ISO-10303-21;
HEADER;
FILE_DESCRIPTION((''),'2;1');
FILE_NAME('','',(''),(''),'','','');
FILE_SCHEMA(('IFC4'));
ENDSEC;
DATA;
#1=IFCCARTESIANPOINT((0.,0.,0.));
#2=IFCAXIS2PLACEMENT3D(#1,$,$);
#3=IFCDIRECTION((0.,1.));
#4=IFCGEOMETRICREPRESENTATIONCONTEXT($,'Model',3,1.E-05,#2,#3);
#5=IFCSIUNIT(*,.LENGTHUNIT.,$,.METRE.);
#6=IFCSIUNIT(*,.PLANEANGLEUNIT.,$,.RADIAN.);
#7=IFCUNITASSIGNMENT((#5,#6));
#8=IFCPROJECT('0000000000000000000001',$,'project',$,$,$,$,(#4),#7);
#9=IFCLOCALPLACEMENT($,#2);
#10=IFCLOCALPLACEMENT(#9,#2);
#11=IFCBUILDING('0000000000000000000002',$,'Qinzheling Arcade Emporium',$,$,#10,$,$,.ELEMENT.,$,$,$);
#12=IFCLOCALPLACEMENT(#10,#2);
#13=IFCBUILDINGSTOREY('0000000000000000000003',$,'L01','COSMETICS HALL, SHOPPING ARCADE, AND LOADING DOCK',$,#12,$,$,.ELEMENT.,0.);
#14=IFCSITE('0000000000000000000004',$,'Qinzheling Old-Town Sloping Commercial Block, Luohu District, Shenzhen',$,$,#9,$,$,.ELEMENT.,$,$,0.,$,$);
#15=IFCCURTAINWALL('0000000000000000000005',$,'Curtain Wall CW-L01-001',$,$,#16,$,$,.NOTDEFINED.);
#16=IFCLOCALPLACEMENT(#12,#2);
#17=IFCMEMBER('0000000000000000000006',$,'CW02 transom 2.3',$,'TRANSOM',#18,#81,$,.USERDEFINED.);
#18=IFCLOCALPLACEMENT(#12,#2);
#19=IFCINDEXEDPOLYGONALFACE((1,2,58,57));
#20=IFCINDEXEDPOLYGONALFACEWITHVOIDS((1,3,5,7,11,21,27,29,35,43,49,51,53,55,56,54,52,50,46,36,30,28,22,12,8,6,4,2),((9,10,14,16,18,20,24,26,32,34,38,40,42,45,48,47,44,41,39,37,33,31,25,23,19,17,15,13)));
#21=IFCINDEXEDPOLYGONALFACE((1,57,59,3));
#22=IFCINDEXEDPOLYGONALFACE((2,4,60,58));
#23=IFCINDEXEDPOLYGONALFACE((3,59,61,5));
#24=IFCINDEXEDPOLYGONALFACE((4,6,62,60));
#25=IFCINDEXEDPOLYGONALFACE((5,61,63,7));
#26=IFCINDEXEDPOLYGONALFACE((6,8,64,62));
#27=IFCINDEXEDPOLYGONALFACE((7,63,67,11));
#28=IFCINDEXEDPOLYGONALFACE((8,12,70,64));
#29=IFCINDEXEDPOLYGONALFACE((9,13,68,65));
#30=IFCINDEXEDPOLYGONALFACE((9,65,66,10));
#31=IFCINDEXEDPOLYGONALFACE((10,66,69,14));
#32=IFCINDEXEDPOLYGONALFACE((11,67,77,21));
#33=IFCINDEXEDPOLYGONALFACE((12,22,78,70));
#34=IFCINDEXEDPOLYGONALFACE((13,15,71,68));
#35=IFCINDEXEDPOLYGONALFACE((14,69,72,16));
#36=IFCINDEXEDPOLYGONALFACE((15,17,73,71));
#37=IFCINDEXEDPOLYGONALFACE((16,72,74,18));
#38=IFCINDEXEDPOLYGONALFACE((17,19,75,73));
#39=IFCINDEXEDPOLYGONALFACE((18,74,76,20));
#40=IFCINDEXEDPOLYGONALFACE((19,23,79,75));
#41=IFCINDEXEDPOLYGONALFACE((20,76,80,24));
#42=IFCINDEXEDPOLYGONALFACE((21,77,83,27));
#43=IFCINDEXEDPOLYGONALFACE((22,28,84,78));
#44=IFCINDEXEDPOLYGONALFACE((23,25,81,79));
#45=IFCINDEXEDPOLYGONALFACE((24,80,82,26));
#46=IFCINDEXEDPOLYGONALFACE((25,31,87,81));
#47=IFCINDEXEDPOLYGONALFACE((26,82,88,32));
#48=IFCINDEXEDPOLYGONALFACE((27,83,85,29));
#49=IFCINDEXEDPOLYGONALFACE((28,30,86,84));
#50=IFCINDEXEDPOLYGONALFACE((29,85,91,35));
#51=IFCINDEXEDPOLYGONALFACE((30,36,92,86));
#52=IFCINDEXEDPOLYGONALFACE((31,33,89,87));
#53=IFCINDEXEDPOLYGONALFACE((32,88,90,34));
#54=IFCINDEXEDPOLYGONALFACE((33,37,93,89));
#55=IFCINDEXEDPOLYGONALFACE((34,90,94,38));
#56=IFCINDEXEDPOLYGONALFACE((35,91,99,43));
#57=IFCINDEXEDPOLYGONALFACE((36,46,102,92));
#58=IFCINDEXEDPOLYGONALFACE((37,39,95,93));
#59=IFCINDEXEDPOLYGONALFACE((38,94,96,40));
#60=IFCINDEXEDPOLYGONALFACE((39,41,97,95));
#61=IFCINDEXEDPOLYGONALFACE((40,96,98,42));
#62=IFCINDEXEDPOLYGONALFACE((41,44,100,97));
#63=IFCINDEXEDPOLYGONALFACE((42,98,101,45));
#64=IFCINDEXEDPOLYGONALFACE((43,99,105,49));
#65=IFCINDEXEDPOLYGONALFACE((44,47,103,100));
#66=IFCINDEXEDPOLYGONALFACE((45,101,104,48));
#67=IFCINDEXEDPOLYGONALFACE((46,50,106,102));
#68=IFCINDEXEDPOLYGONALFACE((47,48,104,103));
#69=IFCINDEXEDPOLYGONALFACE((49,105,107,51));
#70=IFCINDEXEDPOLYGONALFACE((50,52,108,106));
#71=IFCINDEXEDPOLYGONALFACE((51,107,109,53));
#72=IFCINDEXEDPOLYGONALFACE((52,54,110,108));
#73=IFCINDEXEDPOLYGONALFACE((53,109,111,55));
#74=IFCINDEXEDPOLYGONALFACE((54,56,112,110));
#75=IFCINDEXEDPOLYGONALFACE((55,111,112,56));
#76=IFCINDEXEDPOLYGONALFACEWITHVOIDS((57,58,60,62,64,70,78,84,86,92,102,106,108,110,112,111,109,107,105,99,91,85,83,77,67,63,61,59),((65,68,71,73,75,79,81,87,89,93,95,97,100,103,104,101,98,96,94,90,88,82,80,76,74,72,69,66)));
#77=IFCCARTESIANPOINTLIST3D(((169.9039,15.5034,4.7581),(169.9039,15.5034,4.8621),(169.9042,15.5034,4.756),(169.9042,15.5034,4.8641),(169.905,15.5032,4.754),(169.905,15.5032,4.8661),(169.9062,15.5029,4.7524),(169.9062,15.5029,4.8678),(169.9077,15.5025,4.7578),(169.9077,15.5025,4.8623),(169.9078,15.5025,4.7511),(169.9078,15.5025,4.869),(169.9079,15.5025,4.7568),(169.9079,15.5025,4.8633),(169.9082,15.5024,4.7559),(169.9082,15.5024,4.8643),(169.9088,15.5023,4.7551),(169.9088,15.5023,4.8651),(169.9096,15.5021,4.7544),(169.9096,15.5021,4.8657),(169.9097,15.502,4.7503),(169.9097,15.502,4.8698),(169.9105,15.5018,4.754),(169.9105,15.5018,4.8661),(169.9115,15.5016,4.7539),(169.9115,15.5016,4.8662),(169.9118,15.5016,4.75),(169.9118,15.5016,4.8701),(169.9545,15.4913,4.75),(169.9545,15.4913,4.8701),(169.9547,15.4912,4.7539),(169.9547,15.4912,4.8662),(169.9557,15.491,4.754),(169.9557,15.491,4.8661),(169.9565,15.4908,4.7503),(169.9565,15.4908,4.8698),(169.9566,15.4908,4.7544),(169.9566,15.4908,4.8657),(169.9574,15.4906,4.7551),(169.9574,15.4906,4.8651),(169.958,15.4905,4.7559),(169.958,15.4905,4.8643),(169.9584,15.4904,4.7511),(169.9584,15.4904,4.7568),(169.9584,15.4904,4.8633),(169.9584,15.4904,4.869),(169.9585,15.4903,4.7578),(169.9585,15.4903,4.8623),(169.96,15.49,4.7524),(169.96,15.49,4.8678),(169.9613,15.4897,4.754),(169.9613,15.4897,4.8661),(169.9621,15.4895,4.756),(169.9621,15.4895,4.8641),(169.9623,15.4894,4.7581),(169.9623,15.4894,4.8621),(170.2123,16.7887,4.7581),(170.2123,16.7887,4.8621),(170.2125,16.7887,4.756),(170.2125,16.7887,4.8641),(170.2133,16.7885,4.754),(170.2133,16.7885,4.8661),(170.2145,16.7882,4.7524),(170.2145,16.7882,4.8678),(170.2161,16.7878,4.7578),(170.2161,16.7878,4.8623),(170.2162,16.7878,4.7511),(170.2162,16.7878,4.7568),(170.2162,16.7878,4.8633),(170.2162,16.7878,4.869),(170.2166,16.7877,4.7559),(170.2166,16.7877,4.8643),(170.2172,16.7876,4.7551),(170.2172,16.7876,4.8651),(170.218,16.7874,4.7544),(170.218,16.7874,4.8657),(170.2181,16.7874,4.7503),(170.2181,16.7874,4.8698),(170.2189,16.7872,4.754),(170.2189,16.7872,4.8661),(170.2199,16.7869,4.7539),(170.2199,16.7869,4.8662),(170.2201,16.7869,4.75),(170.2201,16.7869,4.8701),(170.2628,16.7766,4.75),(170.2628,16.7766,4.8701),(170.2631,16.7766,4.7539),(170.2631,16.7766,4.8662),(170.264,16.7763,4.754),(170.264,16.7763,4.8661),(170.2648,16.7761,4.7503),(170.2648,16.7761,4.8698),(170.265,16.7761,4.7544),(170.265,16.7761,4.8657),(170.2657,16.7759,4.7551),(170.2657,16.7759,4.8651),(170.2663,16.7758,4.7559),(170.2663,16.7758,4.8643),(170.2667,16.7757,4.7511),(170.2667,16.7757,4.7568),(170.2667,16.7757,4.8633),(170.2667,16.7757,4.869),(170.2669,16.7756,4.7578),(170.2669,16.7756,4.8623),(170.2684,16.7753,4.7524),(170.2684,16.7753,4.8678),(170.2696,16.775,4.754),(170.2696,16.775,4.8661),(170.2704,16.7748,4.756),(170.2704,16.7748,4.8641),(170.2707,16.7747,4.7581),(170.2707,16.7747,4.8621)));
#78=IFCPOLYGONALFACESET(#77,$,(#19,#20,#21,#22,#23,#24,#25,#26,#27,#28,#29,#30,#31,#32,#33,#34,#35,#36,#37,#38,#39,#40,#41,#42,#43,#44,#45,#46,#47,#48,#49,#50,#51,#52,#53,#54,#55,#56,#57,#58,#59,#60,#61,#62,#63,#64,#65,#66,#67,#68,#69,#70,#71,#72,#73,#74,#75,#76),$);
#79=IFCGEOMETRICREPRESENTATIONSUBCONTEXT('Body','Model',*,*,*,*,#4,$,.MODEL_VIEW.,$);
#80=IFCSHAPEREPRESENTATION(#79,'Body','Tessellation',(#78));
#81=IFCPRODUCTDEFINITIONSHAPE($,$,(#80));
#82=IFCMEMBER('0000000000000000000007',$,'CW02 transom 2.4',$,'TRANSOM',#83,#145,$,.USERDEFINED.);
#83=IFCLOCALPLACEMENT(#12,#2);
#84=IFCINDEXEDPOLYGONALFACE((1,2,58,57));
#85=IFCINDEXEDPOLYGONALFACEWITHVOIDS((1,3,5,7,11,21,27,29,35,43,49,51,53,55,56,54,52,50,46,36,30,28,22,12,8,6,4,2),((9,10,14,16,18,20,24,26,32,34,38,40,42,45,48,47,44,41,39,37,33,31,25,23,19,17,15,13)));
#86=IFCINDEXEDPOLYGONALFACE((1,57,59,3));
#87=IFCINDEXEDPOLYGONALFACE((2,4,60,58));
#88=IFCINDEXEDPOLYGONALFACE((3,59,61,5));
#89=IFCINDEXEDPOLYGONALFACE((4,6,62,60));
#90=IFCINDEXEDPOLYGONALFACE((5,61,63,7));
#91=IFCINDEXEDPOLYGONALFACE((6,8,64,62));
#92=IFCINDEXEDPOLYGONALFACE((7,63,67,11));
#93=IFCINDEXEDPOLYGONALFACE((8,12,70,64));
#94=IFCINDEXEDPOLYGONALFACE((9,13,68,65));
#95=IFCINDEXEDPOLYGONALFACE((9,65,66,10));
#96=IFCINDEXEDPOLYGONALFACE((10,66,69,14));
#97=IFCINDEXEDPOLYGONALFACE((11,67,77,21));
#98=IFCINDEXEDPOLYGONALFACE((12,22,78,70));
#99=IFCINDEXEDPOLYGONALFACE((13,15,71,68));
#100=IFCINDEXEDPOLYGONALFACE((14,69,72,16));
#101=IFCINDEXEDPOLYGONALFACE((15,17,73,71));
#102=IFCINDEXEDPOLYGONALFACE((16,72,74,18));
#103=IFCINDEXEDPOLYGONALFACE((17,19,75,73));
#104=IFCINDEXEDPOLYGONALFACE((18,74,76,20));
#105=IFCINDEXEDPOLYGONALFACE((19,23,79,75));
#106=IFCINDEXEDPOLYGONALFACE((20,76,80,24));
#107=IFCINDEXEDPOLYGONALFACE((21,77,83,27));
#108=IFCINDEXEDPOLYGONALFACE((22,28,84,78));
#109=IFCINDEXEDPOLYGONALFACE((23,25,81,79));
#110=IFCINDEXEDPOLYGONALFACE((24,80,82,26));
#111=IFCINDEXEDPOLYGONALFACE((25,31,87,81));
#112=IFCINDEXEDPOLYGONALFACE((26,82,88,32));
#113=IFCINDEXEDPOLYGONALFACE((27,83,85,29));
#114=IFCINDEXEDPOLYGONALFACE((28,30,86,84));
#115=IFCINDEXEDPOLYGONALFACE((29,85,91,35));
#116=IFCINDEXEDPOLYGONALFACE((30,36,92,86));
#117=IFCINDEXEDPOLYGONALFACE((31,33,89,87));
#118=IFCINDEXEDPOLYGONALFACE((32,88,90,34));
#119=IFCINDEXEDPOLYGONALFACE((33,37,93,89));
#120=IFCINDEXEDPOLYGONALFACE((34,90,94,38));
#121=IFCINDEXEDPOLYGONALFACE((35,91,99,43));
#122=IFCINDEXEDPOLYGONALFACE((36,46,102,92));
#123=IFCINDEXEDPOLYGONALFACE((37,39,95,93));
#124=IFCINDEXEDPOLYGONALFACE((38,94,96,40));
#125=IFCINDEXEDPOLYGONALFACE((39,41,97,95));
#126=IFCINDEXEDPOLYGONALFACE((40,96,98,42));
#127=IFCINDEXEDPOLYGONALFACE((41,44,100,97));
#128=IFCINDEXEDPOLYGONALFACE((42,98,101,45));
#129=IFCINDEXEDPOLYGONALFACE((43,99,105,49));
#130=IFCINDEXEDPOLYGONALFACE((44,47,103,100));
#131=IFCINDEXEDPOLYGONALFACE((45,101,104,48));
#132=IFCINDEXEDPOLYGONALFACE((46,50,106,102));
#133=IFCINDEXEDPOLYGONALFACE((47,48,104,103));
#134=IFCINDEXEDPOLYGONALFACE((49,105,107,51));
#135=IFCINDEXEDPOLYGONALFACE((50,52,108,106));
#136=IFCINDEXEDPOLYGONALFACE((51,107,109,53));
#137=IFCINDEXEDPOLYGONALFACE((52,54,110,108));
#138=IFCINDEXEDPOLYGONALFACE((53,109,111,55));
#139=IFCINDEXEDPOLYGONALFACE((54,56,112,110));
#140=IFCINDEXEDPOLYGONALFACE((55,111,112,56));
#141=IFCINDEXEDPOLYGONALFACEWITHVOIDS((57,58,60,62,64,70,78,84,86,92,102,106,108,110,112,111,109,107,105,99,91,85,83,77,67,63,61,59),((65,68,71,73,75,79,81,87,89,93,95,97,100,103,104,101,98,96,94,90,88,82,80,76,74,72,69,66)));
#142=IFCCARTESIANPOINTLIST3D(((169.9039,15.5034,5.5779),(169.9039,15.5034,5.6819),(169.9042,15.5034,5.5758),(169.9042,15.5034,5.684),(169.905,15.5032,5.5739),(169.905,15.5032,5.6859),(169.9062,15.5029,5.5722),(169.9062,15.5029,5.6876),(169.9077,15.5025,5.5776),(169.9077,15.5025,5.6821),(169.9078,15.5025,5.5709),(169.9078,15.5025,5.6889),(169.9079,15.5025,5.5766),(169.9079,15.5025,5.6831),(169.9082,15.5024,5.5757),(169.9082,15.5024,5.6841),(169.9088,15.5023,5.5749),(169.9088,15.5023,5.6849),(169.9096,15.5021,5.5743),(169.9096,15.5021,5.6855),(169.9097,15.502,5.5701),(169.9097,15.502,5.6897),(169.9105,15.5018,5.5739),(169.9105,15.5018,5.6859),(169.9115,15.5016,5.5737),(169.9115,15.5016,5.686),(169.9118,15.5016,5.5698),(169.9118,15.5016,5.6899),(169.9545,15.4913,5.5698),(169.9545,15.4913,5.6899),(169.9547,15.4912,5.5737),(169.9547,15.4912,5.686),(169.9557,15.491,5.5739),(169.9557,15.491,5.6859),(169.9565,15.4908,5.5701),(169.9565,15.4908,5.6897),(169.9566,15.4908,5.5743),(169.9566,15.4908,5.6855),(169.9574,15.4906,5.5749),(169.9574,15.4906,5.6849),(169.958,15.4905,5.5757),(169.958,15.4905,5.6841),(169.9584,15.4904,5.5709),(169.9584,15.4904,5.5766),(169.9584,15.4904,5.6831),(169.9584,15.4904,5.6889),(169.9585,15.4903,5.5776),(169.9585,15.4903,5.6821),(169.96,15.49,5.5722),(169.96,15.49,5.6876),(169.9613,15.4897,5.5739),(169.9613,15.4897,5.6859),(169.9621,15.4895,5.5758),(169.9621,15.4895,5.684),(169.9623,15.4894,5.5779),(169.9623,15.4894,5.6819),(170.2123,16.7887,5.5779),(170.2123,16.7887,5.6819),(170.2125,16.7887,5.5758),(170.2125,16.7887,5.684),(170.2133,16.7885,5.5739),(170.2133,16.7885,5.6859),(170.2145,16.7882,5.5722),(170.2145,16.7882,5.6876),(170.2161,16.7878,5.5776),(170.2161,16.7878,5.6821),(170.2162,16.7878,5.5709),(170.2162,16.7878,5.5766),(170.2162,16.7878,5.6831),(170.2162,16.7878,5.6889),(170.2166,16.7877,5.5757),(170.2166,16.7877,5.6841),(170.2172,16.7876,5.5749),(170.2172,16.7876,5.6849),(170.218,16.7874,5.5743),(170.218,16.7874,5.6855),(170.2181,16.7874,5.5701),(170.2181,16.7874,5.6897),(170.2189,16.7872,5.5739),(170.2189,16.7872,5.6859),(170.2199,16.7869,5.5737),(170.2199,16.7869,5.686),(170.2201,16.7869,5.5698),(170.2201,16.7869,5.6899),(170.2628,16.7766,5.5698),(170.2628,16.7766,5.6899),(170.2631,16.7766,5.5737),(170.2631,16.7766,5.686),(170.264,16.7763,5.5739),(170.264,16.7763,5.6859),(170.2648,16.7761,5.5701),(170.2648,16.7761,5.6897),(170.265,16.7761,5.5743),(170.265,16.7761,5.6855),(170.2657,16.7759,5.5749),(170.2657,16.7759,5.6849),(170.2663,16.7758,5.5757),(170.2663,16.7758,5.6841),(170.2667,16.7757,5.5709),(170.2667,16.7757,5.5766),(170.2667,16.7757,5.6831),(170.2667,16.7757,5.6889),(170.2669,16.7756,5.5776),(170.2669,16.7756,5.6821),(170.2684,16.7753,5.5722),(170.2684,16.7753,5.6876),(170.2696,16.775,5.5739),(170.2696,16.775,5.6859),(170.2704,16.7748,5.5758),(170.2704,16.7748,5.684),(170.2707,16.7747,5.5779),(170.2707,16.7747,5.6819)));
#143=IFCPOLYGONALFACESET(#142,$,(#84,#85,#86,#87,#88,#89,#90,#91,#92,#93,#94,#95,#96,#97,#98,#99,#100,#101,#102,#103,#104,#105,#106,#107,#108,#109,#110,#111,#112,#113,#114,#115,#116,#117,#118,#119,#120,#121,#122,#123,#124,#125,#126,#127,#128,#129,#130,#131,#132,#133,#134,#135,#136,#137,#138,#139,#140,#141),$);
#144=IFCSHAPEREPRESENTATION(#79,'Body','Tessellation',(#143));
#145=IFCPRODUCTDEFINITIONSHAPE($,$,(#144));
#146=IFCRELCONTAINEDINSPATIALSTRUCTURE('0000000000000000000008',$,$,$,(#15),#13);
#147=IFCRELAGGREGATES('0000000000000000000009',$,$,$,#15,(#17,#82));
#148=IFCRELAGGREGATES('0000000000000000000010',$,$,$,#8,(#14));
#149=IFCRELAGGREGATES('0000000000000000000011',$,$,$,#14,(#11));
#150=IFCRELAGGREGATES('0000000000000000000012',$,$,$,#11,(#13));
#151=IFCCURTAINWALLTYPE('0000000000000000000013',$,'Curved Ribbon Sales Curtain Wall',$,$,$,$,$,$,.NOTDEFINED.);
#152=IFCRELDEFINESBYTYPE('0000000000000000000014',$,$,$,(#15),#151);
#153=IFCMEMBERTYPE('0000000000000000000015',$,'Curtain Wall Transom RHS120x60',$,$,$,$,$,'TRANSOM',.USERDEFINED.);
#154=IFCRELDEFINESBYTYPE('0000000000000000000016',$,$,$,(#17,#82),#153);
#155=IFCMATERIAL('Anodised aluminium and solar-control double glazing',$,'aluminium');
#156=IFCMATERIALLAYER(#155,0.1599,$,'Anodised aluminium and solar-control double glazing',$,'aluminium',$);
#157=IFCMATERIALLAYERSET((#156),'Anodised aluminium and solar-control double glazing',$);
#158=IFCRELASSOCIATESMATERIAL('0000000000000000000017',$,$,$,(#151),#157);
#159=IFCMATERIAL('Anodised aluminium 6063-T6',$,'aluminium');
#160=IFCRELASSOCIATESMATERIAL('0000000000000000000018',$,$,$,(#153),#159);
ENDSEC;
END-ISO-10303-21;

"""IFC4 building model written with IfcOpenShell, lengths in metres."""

from ifc_helpers import new_model, si_unit, direction, frame, origin, origin_2d, place, context, subcontext, project, spatial, hollow_rectangle, extrude, material, layer, layer_set, material_profile, profile_set, type_object, element, aggregate, save


model = new_model("IFC4")

# Units and contexts
model_context = context("Model", 3, precision=1e-05, world=origin(), true_north=direction((0.0, 1.0)))
body_context = subcontext(model_context, "Body", "Model", "MODEL_VIEW")
ifc_project = project(units=[si_unit("LENGTHUNIT", "METRE"), si_unit("PLANEANGLEUNIT", "RADIAN")], contexts=[model_context])

# Site, building, storey
site_placement = place(None, origin())
site = spatial("IfcSite", under=ifc_project, at=site_placement, Name="Qinzheling Old-Town Sloping Commercial Block, Luohu District, Shenzhen", CompositionType="ELEMENT", RefElevation=0.0)
building_placement = place(site_placement, origin())
building = spatial("IfcBuilding", under=site, at=building_placement, Name="Qinzheling Arcade Emporium", CompositionType="ELEMENT")
storey_placement = place(building_placement, origin())
storey = spatial("IfcBuildingStorey", under=building, at=storey_placement, Name="L01", Description="COSMETICS HALL, SHOPPING ARCADE, AND LOADING DOCK", CompositionType="ELEMENT", Elevation=0.0)

# Curtain wall
ifc_material_1 = material(Name="Anodised aluminium and solar-control double glazing", Category="aluminium")
ifc_layer_1 = layer(ifc_material_1, 0.1599, Name="Anodised aluminium and solar-control double glazing", Category="aluminium")
ifc_layer_set_1 = layer_set([ifc_layer_1], Name="Anodised aluminium and solar-control double glazing")
curtain_wall_type = type_object("IfcCurtainWallType", Name="Curved Ribbon Sales Curtain Wall", PredefinedType="NOTDEFINED", material=ifc_layer_set_1)
curtain_wall_1_placement = place(storey_placement, origin())
curtain_wall_1 = element("IfcCurtainWall", 1, at=curtain_wall_1_placement, inside=storey, type_object=curtain_wall_type, Name="Curtain Wall CW-L01-001", PredefinedType="NOTDEFINED")
ifc_material_2 = material(Name="Anodised aluminium 6063-T6", Category="aluminium")

# Members
ifc_material_profile_1 = material_profile(ifc_material_2, hollow_rectangle(XDim=0.0601, YDim=0.1201, WallThickness=0.0039, InnerFilletRadius=0.0039, OuterFilletRadius=0.0081, at=origin_2d()), Name="RHS 120x60x4", Category="aluminium")
ifc_profile_set_1 = profile_set([ifc_material_profile_1], Name="Anodised aluminium 6063-T6")
member_type_1 = type_object("IfcMemberType", Name="Curtain Wall Transom RHS120x60", ElementType="TRANSOM", PredefinedType="USERDEFINED", material=ifc_profile_set_1)
member_1_placement = place(storey_placement, frame((170.2415, 16.7817, 4.8101), z_axis=(-0.233268, -0.972412, 0.0), x_axis=(0.972412, -0.233268, 0.0)))
member_1 = element("IfcMember", 2, at=member_1_placement, type_object=member_type_1, Name="CW02 transom 2.3", ObjectType="TRANSOM", PredefinedType="USERDEFINED", context=body_context, shape_type="SweptSolid", body=[
    extrude(hollow_rectangle(XDim=0.0601, YDim=0.1201, WallThickness=0.0039, InnerFilletRadius=0.0039, OuterFilletRadius=0.0081, at=origin_2d()), origin(), (0.0, 0.0, 1.0), 1.3218),
])
member_2_placement = place(storey_placement, frame((170.2415, 16.7817, 5.6299), z_axis=(-0.233268, -0.972412, 0.0), x_axis=(0.972412, -0.233268, 0.0)))
member_2 = element("IfcMember", 3, at=member_2_placement, type_object=member_type_1, Name="CW02 transom 2.4", ObjectType="TRANSOM", PredefinedType="USERDEFINED", context=body_context, shape_type="SweptSolid", body=[
    extrude(hollow_rectangle(XDim=0.0601, YDim=0.1201, WallThickness=0.0039, InnerFilletRadius=0.0039, OuterFilletRadius=0.0081, at=origin_2d()), origin(), (0.0, 0.0, 1.0), 1.3218),
])

aggregate(curtain_wall_1, [member_1, member_2])

save(model, "model.ifc")
